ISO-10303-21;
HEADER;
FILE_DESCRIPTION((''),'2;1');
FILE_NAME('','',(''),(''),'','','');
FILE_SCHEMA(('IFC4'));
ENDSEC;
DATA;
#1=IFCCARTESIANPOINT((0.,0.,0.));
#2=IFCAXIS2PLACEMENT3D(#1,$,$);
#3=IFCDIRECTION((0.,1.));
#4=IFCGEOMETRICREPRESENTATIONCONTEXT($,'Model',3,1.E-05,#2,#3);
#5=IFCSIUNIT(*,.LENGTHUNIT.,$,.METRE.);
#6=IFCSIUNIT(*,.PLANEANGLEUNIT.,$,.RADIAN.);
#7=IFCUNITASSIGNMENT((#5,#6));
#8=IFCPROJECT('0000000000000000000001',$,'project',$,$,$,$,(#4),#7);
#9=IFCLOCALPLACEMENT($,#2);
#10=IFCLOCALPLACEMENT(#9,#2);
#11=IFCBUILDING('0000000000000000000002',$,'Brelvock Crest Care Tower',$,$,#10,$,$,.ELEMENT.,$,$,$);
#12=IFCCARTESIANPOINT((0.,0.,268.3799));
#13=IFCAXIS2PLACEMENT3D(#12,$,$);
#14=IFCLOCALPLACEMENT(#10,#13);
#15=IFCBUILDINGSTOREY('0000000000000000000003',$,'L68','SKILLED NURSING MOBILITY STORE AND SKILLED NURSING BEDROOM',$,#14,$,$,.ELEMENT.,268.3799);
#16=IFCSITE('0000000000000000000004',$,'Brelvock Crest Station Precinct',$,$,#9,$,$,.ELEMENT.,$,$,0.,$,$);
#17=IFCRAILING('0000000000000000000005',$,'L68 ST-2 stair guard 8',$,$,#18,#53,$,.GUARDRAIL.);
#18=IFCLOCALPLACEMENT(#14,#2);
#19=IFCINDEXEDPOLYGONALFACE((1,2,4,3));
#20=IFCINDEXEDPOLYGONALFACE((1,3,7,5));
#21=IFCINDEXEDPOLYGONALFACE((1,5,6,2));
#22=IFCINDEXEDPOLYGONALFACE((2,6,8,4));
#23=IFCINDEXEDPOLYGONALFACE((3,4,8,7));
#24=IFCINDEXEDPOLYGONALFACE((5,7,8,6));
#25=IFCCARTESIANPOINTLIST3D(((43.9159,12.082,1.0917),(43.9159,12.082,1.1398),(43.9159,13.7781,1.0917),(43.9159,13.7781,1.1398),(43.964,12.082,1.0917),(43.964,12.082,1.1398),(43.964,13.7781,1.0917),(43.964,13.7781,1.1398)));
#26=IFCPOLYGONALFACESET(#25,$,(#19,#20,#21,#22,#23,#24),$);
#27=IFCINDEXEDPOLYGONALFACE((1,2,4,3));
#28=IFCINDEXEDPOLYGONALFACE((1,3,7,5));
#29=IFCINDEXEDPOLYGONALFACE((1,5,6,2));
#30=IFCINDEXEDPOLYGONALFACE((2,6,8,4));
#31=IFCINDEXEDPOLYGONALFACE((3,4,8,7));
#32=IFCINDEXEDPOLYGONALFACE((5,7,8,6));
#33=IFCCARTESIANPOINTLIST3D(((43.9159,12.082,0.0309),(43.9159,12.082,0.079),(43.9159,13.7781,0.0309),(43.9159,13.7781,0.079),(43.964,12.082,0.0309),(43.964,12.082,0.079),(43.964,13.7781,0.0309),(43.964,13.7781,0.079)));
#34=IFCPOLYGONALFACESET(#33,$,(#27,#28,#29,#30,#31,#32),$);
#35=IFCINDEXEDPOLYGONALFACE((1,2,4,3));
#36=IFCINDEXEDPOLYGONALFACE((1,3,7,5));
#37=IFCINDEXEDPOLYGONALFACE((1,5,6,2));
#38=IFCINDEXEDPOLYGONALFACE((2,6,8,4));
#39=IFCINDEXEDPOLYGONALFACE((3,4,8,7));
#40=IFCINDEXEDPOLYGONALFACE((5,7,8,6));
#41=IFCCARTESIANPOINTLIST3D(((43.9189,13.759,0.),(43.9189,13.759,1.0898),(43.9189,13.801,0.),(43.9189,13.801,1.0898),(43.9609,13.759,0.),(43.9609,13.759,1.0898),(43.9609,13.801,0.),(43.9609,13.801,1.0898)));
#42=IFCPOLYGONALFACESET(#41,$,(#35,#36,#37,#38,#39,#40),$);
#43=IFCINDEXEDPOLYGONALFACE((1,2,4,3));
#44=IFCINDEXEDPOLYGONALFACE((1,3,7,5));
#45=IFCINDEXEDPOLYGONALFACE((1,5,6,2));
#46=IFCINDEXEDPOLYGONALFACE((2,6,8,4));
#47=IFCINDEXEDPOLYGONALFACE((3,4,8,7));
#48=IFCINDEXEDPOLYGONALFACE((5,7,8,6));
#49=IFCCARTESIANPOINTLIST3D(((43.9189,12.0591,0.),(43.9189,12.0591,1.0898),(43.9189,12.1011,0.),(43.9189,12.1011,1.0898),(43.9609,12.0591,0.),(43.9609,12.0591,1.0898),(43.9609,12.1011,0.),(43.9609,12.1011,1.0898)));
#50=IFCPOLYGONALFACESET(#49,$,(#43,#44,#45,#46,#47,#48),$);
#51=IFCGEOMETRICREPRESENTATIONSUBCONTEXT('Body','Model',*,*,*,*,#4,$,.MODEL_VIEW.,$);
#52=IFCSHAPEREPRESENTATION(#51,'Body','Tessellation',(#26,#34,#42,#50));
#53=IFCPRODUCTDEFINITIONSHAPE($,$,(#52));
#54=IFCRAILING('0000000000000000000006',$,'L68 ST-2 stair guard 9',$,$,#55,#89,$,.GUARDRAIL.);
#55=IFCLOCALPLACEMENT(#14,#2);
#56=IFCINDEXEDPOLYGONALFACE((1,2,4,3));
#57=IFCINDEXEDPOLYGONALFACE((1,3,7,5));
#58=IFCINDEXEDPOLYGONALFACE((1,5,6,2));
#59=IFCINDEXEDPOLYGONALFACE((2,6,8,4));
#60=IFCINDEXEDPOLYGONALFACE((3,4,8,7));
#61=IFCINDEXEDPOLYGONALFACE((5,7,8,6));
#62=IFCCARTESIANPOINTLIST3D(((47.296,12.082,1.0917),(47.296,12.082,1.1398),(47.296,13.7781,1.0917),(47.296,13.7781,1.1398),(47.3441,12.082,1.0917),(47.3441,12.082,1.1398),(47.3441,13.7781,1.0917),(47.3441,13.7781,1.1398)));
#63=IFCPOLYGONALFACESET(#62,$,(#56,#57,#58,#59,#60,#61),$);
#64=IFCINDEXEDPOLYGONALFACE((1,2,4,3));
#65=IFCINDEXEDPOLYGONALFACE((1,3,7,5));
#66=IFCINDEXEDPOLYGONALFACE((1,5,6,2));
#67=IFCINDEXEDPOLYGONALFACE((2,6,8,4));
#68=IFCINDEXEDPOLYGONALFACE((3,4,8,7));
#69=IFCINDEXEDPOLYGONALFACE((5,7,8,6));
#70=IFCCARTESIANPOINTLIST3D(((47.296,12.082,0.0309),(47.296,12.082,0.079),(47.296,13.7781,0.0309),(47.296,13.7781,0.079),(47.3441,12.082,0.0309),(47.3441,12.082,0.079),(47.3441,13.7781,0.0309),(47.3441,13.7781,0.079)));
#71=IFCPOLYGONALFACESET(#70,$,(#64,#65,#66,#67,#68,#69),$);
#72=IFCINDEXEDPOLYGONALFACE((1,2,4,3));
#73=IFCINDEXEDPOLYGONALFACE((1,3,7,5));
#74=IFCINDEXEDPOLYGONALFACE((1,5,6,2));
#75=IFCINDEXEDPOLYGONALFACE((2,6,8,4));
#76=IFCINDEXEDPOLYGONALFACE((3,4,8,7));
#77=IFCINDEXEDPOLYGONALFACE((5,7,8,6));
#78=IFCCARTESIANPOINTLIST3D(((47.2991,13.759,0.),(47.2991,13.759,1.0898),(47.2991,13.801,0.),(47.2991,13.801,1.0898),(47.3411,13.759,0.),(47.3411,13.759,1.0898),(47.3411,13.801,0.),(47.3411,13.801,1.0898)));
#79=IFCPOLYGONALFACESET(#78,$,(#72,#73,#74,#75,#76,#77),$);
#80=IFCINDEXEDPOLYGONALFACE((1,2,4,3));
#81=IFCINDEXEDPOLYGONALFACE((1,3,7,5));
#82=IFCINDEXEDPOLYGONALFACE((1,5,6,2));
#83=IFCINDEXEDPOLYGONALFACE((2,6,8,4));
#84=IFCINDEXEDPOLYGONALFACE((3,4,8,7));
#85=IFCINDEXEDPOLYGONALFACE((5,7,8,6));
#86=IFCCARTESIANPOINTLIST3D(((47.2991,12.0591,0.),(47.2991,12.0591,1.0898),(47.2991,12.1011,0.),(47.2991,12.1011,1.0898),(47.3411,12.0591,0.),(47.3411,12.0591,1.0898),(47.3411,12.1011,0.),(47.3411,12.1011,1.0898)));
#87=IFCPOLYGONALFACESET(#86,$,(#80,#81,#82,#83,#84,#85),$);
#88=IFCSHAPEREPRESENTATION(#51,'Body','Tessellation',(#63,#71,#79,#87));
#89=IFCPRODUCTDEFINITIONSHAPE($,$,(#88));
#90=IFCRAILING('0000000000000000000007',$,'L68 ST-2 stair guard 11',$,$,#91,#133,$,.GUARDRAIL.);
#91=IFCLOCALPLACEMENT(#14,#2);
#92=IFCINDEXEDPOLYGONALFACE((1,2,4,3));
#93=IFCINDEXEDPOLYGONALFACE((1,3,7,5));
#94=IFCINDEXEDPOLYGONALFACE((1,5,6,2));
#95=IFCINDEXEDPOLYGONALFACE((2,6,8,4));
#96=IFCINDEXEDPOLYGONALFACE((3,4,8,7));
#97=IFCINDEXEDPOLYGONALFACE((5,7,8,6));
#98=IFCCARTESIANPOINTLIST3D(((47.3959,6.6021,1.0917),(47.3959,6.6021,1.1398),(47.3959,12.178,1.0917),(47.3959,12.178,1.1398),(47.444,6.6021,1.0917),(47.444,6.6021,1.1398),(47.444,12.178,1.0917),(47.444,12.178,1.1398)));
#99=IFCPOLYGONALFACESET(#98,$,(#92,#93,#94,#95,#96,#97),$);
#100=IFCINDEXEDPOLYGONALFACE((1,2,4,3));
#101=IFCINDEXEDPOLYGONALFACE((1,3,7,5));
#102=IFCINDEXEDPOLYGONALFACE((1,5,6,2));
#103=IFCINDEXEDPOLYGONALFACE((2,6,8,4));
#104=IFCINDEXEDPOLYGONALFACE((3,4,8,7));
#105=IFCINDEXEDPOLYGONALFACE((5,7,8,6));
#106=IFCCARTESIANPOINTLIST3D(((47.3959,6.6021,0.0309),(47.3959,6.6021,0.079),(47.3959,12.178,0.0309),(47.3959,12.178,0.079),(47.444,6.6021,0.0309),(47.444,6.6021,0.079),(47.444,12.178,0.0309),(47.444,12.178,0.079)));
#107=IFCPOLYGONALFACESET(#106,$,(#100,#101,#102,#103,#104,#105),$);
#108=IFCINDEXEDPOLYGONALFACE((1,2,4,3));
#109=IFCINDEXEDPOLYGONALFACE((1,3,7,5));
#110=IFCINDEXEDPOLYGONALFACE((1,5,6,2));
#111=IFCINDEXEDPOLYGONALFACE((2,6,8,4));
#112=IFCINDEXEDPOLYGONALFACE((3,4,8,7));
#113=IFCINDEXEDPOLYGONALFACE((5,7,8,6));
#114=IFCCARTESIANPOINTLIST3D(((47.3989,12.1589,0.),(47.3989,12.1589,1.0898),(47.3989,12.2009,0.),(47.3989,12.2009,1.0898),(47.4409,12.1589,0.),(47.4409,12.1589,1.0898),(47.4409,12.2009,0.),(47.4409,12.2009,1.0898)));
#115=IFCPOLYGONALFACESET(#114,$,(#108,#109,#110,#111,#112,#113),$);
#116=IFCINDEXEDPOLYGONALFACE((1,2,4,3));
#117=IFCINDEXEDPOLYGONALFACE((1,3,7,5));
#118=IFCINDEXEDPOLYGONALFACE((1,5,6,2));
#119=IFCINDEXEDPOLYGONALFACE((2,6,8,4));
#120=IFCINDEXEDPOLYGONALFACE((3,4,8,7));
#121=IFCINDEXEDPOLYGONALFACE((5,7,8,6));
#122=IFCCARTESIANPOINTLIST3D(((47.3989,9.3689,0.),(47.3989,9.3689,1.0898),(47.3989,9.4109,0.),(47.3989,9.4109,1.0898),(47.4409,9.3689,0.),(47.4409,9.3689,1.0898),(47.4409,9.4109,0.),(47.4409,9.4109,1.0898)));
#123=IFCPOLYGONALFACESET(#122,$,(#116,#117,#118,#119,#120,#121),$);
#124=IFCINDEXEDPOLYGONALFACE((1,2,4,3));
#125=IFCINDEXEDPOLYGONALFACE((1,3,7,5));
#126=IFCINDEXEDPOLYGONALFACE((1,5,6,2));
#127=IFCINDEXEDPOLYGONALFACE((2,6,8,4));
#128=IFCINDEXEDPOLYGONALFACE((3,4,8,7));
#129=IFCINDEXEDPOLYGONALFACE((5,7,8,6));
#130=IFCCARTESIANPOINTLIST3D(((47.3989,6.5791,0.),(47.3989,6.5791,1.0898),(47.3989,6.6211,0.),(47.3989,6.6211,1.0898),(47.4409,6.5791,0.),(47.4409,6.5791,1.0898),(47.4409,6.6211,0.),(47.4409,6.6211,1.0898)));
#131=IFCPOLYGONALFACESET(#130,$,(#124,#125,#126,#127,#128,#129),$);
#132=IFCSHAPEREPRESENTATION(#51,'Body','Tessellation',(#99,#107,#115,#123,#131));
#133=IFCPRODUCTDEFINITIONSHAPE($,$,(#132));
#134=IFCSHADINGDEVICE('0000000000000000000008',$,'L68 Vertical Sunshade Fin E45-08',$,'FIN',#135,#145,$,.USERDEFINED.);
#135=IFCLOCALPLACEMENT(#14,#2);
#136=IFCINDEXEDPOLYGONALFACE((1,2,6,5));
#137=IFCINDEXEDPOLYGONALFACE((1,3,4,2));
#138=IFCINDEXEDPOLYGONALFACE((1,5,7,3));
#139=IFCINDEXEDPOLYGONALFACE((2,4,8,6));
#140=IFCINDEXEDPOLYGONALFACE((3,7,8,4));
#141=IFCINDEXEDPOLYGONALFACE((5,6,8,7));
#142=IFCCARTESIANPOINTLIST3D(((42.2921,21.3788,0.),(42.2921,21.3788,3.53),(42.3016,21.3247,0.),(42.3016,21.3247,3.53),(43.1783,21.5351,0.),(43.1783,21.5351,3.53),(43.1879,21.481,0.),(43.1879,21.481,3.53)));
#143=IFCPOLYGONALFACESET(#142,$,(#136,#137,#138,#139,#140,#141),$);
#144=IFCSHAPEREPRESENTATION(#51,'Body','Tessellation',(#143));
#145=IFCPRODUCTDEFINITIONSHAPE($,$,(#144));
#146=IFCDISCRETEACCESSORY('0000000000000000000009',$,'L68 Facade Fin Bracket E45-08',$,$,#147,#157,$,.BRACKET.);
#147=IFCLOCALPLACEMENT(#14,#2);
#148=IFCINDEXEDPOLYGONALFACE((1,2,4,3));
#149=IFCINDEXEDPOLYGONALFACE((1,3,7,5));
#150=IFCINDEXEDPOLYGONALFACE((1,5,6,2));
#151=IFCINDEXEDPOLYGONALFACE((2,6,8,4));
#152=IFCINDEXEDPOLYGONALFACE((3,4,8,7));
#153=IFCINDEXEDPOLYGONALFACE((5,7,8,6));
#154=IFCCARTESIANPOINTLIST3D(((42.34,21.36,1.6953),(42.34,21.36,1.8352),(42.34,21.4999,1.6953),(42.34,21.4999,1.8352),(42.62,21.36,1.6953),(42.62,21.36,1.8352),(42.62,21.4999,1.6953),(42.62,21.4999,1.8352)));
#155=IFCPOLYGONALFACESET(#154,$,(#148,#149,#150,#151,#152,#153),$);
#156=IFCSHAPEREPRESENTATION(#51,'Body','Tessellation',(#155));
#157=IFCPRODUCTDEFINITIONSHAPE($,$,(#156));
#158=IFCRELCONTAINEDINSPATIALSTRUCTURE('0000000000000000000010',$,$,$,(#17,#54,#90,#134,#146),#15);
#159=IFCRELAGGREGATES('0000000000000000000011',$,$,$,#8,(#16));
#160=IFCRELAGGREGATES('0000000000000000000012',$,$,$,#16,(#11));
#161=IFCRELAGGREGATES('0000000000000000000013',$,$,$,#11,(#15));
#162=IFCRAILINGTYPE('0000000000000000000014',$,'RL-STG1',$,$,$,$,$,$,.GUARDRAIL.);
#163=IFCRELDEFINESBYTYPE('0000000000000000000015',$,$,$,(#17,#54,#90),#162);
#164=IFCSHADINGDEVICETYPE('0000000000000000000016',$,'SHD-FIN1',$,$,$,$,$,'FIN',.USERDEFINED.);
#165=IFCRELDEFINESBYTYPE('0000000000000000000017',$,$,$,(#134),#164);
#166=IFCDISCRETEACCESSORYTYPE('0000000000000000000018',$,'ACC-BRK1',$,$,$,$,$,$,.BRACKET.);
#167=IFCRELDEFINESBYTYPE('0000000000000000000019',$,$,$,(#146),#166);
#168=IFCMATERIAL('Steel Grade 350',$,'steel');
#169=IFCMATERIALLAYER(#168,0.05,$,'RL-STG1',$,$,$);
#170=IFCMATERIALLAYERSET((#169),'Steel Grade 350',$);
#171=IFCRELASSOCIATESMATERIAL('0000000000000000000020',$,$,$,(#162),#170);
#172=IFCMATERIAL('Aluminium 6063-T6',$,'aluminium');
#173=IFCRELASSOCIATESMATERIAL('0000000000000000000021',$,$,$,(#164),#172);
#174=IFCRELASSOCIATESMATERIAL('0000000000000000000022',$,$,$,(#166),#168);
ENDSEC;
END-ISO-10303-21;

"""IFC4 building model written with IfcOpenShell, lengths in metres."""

from ifc_helpers import new_model, si_unit, direction, frame, origin, origin_2d, place, context, subcontext, project, spatial, rectangle, extrude, source, transform, mapped, material, layer, layer_set, material_profile, profile_set, type_object, element, save


model = new_model("IFC4")

# Units and contexts
model_context = context("Model", 3, precision=1e-05, world=origin(), true_north=direction((0.0, 1.0)))
body_context = subcontext(model_context, "Body", "Model", "MODEL_VIEW")
ifc_project = project(units=[si_unit("LENGTHUNIT", "METRE"), si_unit("PLANEANGLEUNIT", "RADIAN")], contexts=[model_context])

# Site, building, storey
site_placement = place(None, origin())
site = spatial("IfcSite", under=ifc_project, at=site_placement, Name="Brelvock Crest Station Precinct", CompositionType="ELEMENT", RefElevation=0.0)
building_placement = place(site_placement, origin())
building = spatial("IfcBuilding", under=site, at=building_placement, Name="Brelvock Crest Care Tower", CompositionType="ELEMENT")
storey_placement = place(building_placement, frame((0.0, 0.0, 268.3799)))
storey = spatial("IfcBuildingStorey", under=building, at=storey_placement, Name="L68", Description="SKILLED NURSING MOBILITY STORE AND SKILLED NURSING BEDROOM", CompositionType="ELEMENT", Elevation=268.3799)

# Shared definitions
ifc_material_1 = material(Name="Steel Grade 350", Category="steel")

# Shared definitions
ifc_material_2 = material(Name="Aluminium 6063-T6", Category="aluminium")

# Railings
ifc_layer_1 = layer(ifc_material_1, 0.05, Name="RL-STG1")
ifc_layer_set_1 = layer_set([ifc_layer_1], Name="Steel Grade 350")
railing_type = type_object("IfcRailingType", Name="RL-STG1", PredefinedType="GUARDRAIL", material=ifc_layer_set_1)
for number, where, name in (
    (1, (43.9399, 13.78, 0.0), "L68 ST-2 stair guard 8"),
    (2, (47.3201, 13.78, 0.0), "L68 ST-2 stair guard 9"),
):
    element("IfcRailing", number, at=place(storey_placement, frame(where)), inside=storey, type_object=railing_type, Name=name, PredefinedType="GUARDRAIL", context=body_context, shape_type="SweptSolid", body=[
        extrude(rectangle(XDim=0.0481, YDim=0.0481, at=origin_2d()), frame((0.0, -0.002, 1.1157), z_axis=(0.0, -1.0, 0.0), x_axis=(1.0, 0.0, 0.0)), (0.0, 0.0, 1.0), 1.696),
        extrude(rectangle(XDim=0.0481, YDim=0.0481, at=origin_2d()), frame((0.0, -0.002, 0.0549), z_axis=(0.0, -1.0, 0.0), x_axis=(1.0, 0.0, 0.0)), (0.0, 0.0, 1.0), 1.696),
        extrude(rectangle(XDim=0.042, YDim=0.042, at=origin_2d()), origin(), (0.0, 0.0, 1.0), 1.0898),
        extrude(rectangle(XDim=0.042, YDim=0.042, at=origin_2d()), frame((0.0, -1.7, 0.0)), (0.0, 0.0, 1.0), 1.0898),
    ])
railing_placement = place(storey_placement, frame((47.4199, 12.1799, 0.0)))
element("IfcRailing", 3, at=railing_placement, inside=storey, type_object=railing_type, Name="L68 ST-2 stair guard 11", PredefinedType="GUARDRAIL", context=body_context, shape_type="SweptSolid", body=[
    extrude(rectangle(XDim=0.0481, YDim=0.0481, at=origin_2d()), frame((0.0, -0.002, 1.1157), z_axis=(0.0, -1.0, 0.0), x_axis=(1.0, 0.0, 0.0)), (0.0, 0.0, 1.0), 5.5759),
    extrude(rectangle(XDim=0.0481, YDim=0.0481, at=origin_2d()), frame((0.0, -0.002, 0.0549), z_axis=(0.0, -1.0, 0.0), x_axis=(1.0, 0.0, 0.0)), (0.0, 0.0, 1.0), 5.5759),
    extrude(rectangle(XDim=0.042, YDim=0.042, at=origin_2d()), origin(), (0.0, 0.0, 1.0), 1.0898),
    extrude(rectangle(XDim=0.042, YDim=0.042, at=origin_2d()), frame((0.0, -2.79, 0.0)), (0.0, 0.0, 1.0), 1.0898),
    extrude(rectangle(XDim=0.042, YDim=0.042, at=origin_2d()), frame((0.0, -5.5798, 0.0)), (0.0, 0.0, 1.0), 1.0898),
])

# Shading device
ifc_material_profile_1 = material_profile(ifc_material_2, rectangle(XDim=0.0549, YDim=0.8999, at=origin_2d()), Name="FIN55x900")
ifc_profile_set_1 = profile_set([ifc_material_profile_1], Name="Aluminium 6063-T6")
shading_device_type = type_object("IfcShadingDeviceType", Name="SHD-FIN1", ElementType="FIN", PredefinedType="USERDEFINED", material=ifc_profile_set_1)
shared_shape_1 = source(origin(), body_context, "Body", "SweptSolid", [
    extrude(rectangle(XDim=0.0549, YDim=0.8999, at=origin_2d()), origin(), (0.0, 0.0, 1.0), 3.53),
])
shading_device_placement = place(storey_placement, frame((42.74, 21.4299, 0.0), z_axis=(0.0, 0.0, 1.0), x_axis=(0.173648, -0.984808, 0.0)))
element("IfcShadingDevice", 4, at=shading_device_placement, inside=storey, type_object=shading_device_type, Name="L68 Vertical Sunshade Fin E45-08", ObjectType="FIN", PredefinedType="USERDEFINED", context=body_context, shape_type="MappedRepresentation", body=[
    mapped(shared_shape_1, transform((0.0, 0.0, 0.0), x_axis=(1.0, 0.0, 0.0), y_axis=(0.0, 1.0, 0.0), z_axis=(0.0, 0.0, 1.0), scale=1.0)),
])

# Discrete accessory
discrete_accessory_type = type_object("IfcDiscreteAccessoryType", Name="ACC-BRK1", PredefinedType="BRACKET", material=ifc_material_1)
shared_shape_2 = source(origin(), body_context, "Body", "SweptSolid", [
    extrude(rectangle(XDim=0.28, YDim=0.1399, at=origin_2d()), origin(), (0.0, 0.0, 1.0), 0.1399),
])
discrete_accessory_placement = place(storey_placement, frame((42.48, 21.4299, 1.6953), z_axis=(0.0, 0.0, 1.0), x_axis=(1.0, 0.0, 0.0)))
element("IfcDiscreteAccessory", 5, at=discrete_accessory_placement, inside=storey, type_object=discrete_accessory_type, Name="L68 Facade Fin Bracket E45-08", PredefinedType="BRACKET", context=body_context, shape_type="MappedRepresentation", body=[
    mapped(shared_shape_2, transform((0.0, 0.0, 0.0), x_axis=(1.0, 0.0, 0.0), y_axis=(0.0, 1.0, 0.0), z_axis=(0.0, 0.0, 1.0), scale=1.0)),
])

save(model, "model.ifc")
